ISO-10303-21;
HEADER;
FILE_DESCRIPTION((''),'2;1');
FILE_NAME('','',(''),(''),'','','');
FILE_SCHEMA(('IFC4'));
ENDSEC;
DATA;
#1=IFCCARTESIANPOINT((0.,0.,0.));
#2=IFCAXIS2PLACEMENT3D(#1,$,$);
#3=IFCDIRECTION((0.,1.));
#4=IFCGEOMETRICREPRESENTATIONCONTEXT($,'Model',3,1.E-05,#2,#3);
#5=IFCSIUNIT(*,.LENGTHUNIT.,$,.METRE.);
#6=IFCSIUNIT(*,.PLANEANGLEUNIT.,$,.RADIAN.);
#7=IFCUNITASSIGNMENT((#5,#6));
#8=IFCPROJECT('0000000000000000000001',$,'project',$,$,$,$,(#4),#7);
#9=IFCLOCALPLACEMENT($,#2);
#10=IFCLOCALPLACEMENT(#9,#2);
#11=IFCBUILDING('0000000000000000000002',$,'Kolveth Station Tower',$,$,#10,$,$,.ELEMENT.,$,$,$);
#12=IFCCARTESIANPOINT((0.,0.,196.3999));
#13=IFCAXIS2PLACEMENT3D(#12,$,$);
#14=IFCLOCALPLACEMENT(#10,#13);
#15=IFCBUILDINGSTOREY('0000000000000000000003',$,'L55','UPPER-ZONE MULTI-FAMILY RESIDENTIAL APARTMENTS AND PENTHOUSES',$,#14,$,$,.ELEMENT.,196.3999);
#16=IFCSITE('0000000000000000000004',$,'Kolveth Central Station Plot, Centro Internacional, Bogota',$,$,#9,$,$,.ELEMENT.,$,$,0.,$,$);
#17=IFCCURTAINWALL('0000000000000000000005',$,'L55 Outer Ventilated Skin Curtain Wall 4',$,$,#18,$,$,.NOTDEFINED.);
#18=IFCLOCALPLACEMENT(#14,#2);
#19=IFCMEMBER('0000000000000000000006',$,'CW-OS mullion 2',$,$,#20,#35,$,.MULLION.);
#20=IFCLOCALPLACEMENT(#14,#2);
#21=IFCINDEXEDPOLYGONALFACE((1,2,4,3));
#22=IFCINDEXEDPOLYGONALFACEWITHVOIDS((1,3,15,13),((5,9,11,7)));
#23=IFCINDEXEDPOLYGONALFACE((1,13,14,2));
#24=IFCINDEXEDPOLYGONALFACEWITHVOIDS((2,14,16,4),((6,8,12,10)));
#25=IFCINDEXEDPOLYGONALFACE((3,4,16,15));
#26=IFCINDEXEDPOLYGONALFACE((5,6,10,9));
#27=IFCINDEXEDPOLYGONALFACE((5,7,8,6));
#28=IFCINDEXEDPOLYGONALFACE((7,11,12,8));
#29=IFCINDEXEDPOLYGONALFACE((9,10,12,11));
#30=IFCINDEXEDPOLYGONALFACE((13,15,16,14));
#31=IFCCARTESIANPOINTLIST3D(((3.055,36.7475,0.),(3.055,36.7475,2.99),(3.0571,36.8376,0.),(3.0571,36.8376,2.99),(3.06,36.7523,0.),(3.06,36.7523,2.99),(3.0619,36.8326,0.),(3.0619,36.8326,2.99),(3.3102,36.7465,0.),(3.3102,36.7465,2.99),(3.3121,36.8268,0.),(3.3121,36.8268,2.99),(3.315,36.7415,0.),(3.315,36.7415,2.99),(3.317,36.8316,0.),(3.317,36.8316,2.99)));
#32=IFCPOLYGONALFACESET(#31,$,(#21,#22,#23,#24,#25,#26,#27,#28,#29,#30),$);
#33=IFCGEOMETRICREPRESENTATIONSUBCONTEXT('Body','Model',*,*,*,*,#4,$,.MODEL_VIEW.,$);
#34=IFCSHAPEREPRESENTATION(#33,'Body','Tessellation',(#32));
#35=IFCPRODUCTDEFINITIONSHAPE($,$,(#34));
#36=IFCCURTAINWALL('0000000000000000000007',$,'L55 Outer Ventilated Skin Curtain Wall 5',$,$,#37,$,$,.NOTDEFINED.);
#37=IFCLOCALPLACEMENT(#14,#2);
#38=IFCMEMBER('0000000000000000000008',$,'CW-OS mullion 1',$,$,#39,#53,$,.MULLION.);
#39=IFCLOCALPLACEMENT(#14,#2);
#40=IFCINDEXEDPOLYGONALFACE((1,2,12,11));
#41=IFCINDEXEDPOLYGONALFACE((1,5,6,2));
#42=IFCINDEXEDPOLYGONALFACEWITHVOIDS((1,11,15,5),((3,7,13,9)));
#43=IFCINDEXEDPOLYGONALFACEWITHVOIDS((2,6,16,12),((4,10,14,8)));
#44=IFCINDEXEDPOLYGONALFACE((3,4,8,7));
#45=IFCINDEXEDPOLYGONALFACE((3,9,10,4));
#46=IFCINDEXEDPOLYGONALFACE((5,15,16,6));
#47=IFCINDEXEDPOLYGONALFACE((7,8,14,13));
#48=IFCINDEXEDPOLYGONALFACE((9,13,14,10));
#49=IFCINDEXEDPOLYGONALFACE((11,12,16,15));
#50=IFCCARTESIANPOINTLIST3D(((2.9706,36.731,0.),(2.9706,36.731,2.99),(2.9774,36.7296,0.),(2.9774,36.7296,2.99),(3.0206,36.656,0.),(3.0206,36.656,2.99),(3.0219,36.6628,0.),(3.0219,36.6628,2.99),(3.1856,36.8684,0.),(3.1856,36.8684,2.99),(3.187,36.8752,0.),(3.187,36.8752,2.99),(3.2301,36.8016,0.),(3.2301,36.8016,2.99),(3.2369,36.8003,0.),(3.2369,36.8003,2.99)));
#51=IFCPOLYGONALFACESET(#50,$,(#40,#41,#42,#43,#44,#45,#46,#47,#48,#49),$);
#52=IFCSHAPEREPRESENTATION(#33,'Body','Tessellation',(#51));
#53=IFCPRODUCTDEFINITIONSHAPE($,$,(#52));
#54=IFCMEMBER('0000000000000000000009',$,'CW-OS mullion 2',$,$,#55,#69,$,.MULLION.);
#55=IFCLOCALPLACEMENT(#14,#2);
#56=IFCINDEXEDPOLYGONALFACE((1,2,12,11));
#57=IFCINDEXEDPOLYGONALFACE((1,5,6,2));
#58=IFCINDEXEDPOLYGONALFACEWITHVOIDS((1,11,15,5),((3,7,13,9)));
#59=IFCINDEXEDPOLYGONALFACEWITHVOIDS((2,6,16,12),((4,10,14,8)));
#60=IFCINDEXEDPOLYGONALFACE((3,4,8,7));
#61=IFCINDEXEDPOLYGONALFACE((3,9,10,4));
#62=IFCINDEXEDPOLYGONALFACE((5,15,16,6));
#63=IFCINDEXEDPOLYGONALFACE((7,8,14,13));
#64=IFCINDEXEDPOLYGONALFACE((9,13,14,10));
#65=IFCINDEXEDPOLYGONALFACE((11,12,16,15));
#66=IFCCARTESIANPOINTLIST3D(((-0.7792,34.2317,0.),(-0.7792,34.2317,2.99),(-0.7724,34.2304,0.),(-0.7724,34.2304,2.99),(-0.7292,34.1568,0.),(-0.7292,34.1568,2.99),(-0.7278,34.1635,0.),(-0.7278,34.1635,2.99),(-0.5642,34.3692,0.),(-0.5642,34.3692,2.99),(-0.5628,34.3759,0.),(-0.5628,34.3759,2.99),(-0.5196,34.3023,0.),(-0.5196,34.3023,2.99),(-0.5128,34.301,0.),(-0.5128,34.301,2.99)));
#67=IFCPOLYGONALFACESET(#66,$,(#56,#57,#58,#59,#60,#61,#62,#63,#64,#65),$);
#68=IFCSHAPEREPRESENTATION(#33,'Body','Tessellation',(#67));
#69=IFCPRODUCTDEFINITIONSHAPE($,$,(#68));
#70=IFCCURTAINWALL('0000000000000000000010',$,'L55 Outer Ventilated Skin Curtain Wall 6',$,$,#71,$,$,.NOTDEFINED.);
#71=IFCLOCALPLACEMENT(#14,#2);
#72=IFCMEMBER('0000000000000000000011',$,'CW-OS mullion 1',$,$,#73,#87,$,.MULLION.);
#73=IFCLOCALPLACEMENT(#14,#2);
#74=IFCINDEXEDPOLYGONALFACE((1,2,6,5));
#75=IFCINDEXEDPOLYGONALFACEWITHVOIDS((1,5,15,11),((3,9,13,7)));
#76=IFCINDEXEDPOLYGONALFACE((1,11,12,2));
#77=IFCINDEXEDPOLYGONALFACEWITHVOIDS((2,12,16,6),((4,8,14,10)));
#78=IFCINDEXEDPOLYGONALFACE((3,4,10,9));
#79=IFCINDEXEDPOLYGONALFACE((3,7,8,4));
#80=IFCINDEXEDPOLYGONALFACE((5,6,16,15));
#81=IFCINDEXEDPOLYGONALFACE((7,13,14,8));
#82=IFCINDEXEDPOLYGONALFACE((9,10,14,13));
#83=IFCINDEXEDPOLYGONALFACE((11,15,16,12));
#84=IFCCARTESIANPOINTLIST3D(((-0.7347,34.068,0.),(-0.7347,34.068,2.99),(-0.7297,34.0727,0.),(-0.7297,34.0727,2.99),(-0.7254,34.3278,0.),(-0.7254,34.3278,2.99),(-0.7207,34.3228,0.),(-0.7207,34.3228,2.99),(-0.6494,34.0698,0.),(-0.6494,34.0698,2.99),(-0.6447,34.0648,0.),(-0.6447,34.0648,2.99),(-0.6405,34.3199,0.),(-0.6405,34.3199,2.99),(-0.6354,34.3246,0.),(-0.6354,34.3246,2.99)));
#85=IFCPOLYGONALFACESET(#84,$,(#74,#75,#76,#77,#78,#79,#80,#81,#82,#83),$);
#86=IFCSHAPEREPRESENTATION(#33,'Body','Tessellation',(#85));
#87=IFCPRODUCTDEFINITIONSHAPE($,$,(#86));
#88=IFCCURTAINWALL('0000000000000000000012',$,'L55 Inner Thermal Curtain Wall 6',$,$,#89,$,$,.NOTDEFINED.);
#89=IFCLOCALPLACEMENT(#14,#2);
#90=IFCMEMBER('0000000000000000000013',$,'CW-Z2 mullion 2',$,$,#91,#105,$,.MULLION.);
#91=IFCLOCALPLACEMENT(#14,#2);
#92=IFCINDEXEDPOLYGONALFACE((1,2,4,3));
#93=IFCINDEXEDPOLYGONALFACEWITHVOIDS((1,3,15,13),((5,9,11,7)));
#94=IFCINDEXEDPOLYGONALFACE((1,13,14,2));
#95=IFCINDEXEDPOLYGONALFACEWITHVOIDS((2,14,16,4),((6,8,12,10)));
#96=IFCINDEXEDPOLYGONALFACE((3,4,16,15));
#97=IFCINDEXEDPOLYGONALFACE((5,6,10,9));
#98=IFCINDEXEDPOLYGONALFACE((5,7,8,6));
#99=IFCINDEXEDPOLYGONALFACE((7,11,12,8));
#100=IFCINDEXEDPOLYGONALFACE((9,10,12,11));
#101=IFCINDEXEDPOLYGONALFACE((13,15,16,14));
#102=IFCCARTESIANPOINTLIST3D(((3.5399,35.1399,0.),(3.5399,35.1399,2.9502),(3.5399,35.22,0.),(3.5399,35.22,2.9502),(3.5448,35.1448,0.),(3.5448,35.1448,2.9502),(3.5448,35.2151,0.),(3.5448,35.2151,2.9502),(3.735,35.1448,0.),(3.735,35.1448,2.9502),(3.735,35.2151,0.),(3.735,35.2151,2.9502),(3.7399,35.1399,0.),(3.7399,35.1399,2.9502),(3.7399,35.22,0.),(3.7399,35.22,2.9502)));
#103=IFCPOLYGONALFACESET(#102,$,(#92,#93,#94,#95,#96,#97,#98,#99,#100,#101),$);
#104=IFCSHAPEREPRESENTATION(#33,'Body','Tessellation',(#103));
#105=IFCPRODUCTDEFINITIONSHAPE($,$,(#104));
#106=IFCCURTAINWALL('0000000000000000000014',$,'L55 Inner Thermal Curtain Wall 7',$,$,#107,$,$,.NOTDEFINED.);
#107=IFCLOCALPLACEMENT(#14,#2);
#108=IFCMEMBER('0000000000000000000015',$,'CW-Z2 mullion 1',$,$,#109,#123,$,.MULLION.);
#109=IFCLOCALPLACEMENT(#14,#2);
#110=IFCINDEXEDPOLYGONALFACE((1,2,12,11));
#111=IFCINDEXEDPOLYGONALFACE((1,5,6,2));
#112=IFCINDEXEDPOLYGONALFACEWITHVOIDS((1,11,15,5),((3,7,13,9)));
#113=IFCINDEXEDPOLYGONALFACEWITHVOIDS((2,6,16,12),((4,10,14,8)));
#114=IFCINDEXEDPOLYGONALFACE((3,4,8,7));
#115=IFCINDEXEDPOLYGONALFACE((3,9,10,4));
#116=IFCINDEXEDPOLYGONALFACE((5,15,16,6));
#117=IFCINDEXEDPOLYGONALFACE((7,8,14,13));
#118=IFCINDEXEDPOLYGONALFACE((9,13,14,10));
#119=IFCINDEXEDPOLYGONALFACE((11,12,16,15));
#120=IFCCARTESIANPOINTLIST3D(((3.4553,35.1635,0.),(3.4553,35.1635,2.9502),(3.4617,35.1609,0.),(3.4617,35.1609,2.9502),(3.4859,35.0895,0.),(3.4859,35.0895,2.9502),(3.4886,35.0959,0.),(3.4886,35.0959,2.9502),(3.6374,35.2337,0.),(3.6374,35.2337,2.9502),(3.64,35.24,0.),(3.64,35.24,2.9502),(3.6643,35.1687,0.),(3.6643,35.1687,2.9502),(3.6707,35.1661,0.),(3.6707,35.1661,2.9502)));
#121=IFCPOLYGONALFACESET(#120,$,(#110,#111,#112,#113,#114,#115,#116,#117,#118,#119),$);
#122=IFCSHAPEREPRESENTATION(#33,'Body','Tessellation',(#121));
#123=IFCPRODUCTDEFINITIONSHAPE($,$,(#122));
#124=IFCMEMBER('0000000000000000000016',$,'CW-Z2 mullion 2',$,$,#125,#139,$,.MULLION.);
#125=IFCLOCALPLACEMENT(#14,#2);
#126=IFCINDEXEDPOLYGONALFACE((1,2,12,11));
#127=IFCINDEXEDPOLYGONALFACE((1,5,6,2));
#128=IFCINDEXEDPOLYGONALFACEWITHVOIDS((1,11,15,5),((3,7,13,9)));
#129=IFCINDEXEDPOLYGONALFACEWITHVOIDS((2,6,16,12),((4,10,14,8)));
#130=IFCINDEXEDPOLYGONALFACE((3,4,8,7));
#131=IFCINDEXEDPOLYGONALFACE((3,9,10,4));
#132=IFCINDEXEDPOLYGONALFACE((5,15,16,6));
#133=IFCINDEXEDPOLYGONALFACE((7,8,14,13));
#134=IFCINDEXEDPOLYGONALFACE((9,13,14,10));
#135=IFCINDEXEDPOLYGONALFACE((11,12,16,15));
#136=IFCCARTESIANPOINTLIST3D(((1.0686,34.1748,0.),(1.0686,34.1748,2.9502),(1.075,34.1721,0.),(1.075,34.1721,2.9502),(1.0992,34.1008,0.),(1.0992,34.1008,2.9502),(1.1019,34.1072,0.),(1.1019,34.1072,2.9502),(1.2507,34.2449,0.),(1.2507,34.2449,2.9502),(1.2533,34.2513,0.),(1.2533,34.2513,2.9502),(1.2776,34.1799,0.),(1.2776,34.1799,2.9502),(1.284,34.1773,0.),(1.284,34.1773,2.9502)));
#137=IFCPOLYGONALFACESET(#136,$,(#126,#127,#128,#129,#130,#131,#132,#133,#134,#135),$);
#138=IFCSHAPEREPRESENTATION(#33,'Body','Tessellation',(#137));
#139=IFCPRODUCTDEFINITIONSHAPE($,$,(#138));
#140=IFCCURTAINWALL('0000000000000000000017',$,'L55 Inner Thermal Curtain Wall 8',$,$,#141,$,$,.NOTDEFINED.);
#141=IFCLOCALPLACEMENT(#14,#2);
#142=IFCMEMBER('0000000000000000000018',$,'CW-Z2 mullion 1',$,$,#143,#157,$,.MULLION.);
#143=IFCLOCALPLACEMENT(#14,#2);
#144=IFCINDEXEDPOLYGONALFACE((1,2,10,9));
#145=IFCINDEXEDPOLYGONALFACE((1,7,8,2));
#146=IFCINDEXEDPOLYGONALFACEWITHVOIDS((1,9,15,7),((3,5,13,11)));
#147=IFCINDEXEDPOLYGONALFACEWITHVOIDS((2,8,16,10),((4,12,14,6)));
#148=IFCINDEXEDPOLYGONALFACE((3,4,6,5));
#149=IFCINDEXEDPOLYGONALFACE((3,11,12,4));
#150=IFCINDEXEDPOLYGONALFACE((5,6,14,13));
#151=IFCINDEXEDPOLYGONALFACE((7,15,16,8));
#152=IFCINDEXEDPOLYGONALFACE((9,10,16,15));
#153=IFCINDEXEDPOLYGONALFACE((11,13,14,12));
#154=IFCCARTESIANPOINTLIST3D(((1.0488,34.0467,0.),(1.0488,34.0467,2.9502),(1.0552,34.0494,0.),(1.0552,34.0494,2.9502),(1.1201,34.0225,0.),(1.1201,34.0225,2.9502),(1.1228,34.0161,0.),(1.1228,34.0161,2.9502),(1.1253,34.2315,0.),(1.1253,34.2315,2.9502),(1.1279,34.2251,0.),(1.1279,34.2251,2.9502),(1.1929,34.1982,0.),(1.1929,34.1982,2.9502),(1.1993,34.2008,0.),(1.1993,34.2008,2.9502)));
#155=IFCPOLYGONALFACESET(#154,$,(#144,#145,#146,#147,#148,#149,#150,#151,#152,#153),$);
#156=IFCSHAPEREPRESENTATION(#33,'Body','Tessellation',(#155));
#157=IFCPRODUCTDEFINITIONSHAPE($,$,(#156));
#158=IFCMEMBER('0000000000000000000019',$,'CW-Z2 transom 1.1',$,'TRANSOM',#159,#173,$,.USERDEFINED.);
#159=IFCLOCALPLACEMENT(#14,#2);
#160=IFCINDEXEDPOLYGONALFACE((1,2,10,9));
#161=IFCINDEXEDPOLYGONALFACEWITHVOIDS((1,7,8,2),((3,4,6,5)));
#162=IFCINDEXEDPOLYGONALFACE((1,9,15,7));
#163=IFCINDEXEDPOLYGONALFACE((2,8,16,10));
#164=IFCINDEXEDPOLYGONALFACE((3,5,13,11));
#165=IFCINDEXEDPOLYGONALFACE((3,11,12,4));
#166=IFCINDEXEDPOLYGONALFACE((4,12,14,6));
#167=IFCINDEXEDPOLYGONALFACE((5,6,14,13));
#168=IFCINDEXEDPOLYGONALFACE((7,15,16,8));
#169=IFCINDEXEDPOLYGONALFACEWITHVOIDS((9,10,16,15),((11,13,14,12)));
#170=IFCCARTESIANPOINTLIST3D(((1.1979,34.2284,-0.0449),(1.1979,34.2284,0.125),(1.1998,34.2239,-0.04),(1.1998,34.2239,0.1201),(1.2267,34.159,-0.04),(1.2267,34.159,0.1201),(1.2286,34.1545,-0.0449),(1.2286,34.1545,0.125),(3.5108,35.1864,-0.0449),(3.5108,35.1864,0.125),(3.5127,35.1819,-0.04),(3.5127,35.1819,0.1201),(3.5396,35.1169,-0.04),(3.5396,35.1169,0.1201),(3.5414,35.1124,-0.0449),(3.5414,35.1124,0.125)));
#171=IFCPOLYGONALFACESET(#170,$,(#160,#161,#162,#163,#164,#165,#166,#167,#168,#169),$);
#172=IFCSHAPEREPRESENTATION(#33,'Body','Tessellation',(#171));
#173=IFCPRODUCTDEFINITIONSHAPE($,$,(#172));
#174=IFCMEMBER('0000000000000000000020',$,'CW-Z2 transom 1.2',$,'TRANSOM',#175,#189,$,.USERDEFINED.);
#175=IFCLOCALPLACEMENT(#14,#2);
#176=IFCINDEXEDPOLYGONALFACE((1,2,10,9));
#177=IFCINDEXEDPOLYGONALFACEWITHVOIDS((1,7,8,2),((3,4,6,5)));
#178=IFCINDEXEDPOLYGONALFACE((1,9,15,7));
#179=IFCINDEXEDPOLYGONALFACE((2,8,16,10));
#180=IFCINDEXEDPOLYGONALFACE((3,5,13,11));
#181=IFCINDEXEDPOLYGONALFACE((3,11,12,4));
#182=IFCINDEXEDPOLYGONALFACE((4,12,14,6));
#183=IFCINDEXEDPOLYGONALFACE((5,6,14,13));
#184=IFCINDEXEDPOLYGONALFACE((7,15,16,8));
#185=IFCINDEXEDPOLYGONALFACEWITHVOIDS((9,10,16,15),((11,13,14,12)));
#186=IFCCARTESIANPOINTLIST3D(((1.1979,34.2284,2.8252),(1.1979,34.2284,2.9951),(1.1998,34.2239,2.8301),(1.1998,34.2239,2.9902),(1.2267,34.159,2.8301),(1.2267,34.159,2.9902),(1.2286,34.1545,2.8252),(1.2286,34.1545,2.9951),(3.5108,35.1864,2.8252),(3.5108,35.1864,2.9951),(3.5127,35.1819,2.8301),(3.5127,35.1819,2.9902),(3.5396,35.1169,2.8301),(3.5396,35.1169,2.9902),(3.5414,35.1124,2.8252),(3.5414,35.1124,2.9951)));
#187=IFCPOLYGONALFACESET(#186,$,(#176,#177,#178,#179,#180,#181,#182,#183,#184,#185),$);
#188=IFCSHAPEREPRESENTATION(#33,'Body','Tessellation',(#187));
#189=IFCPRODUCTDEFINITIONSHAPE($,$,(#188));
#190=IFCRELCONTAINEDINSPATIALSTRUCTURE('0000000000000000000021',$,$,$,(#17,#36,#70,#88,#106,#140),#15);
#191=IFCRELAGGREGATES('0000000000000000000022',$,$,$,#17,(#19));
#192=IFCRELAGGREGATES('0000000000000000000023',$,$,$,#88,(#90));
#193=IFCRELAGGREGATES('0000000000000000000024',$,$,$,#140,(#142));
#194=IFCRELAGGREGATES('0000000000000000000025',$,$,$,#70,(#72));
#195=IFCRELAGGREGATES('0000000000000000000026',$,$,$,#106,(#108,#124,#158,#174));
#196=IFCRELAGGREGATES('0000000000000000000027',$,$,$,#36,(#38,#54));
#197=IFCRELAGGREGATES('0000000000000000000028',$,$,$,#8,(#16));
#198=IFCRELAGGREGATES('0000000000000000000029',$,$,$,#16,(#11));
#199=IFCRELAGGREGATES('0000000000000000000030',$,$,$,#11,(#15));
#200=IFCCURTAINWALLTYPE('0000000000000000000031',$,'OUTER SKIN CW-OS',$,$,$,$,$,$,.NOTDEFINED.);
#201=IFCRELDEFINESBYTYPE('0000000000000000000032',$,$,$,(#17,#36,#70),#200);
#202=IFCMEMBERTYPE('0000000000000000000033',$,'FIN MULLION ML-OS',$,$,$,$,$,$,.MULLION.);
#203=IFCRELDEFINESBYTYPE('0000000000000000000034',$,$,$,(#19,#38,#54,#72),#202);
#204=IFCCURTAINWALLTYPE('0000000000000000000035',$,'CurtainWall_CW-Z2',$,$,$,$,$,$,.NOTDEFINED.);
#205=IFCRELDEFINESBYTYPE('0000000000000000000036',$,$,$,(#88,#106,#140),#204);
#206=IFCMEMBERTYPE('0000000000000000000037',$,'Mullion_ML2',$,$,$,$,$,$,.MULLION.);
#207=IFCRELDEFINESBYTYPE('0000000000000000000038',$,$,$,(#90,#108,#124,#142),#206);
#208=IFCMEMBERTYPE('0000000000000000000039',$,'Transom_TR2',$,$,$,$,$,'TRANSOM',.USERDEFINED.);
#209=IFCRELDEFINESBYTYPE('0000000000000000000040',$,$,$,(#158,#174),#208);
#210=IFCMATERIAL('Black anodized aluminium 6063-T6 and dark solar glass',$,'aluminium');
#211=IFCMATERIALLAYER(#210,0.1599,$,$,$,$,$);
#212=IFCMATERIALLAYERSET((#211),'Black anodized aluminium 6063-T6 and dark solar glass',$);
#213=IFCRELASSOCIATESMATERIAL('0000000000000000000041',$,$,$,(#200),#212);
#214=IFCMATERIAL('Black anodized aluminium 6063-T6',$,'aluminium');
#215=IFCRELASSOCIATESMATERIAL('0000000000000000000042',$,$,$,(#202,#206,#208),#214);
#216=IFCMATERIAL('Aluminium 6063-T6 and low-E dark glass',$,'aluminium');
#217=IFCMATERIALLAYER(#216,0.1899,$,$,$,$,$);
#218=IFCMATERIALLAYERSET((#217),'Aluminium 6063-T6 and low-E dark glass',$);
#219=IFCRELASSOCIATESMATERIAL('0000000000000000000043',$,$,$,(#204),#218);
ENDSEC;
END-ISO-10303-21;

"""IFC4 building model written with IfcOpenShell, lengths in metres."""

from ifc_helpers import new_model, si_unit, direction, frame, origin, origin_2d, place, context, subcontext, project, spatial, hollow_rectangle, extrude, source, transform, mapped, material, layer, layer_set, material_profile, profile_set, type_object, element, aggregate, save


model = new_model("IFC4")

# Units and contexts
model_context = context("Model", 3, precision=1e-05, world=origin(), true_north=direction((0.0, 1.0)))
body_context = subcontext(model_context, "Body", "Model", "MODEL_VIEW")
ifc_project = project(units=[si_unit("LENGTHUNIT", "METRE"), si_unit("PLANEANGLEUNIT", "RADIAN")], contexts=[model_context])

# Site, building, storey
site_placement = place(None, origin())
site = spatial("IfcSite", under=ifc_project, at=site_placement, Name="Kolveth Central Station Plot, Centro Internacional, Bogota", CompositionType="ELEMENT", RefElevation=0.0)
building_placement = place(site_placement, origin())
building = spatial("IfcBuilding", under=site, at=building_placement, Name="Kolveth Station Tower", CompositionType="ELEMENT")
storey_placement = place(building_placement, frame((0.0, 0.0, 196.3999)))
storey = spatial("IfcBuildingStorey", under=building, at=storey_placement, Name="L55", Description="UPPER-ZONE MULTI-FAMILY RESIDENTIAL APARTMENTS AND PENTHOUSES", CompositionType="ELEMENT", Elevation=196.3999)

# Curtain wall, member
ifc_material_1 = material(Name="Black anodized aluminium 6063-T6 and dark solar glass", Category="aluminium")
ifc_layer_1 = layer(ifc_material_1, 0.1599)
ifc_layer_set_1 = layer_set([ifc_layer_1], Name="Black anodized aluminium 6063-T6 and dark solar glass")
curtain_wall_type_1 = type_object("IfcCurtainWallType", Name="OUTER SKIN CW-OS", PredefinedType="NOTDEFINED", material=ifc_layer_set_1)
curtain_wall_1_placement = place(storey_placement, origin())
curtain_wall_1 = element("IfcCurtainWall", 1, at=curtain_wall_1_placement, inside=storey, type_object=curtain_wall_type_1, Name="L55 Outer Ventilated Skin Curtain Wall 4", PredefinedType="NOTDEFINED")
ifc_material_2 = material(Name="Black anodized aluminium 6063-T6", Category="aluminium")
ifc_material_profile_1 = material_profile(ifc_material_2, hollow_rectangle(XDim=0.0901, YDim=0.26, WallThickness=0.0049, at=origin_2d()), Name="ALU-90x260x5")
ifc_profile_set_1 = profile_set([ifc_material_profile_1], Name="Black anodized aluminium 6063-T6")
member_type_1 = type_object("IfcMemberType", Name="FIN MULLION ML-OS", PredefinedType="MULLION", material=ifc_profile_set_1)
shared_shape_1 = source(origin(), body_context, "Body", "SweptSolid", [
    extrude(hollow_rectangle(XDim=0.0901, YDim=0.26, WallThickness=0.0049, at=origin_2d()), origin(), (0.0, 0.0, 1.0), 2.99),
])
member_1_placement = place(storey_placement, frame((3.186, 36.7896, 0.0), z_axis=(0.0, 0.0, 1.0), x_axis=(-0.023106, -0.999733, 0.0)))
member_1 = element("IfcMember", 2, at=member_1_placement, type_object=member_type_1, Name="CW-OS mullion 2", PredefinedType="MULLION", context=body_context, shape_type="MappedRepresentation", body=[
    mapped(shared_shape_1, transform((0.0, 0.0, 0.0), x_axis=(1.0, 0.0, 0.0), y_axis=(0.0, 1.0, 0.0), z_axis=(0.0, 0.0, 1.0), scale=1.0)),
])
aggregate(curtain_wall_1, [member_1])

# Curtain wall, members
curtain_wall_2_placement = place(storey_placement, origin())
curtain_wall_2 = element("IfcCurtainWall", 3, at=curtain_wall_2_placement, inside=storey, type_object=curtain_wall_type_1, Name="L55 Outer Ventilated Skin Curtain Wall 5", PredefinedType="NOTDEFINED")
member_2_placement = place(storey_placement, frame((3.1038, 36.7656, 0.0), z_axis=(0.0, 0.0, 1.0), x_axis=(0.554645, -0.832087, 0.0)))
member_2 = element("IfcMember", 4, at=member_2_placement, type_object=member_type_1, Name="CW-OS mullion 1", PredefinedType="MULLION", context=body_context, shape_type="MappedRepresentation", body=[
    mapped(shared_shape_1, transform((0.0, 0.0, 0.0), x_axis=(1.0, 0.0, 0.0), y_axis=(0.0, 1.0, 0.0), z_axis=(0.0, 0.0, 1.0), scale=1.0)),
])
member_3_placement = place(storey_placement, frame((-0.646, 34.2664, 0.0), z_axis=(0.0, 0.0, 1.0), x_axis=(0.554645, -0.832087, 0.0)))
member_3 = element("IfcMember", 5, at=member_3_placement, type_object=member_type_1, Name="CW-OS mullion 2", PredefinedType="MULLION", context=body_context, shape_type="MappedRepresentation", body=[
    mapped(shared_shape_1, transform((0.0, 0.0, 0.0), x_axis=(1.0, 0.0, 0.0), y_axis=(0.0, 1.0, 0.0), z_axis=(0.0, 0.0, 1.0), scale=1.0)),
])

# Curtain walls, members
curtain_wall_3_placement = place(storey_placement, origin())
curtain_wall_3 = element("IfcCurtainWall", 6, at=curtain_wall_3_placement, inside=storey, type_object=curtain_wall_type_1, Name="L55 Outer Ventilated Skin Curtain Wall 6", PredefinedType="NOTDEFINED")
member_4_placement = place(storey_placement, frame((-0.6851, 34.1963, 0.0), z_axis=(0.0, 0.0, 1.0), x_axis=(0.999363, -0.035678, 0.0)))
member_4 = element("IfcMember", 7, at=member_4_placement, type_object=member_type_1, Name="CW-OS mullion 1", PredefinedType="MULLION", context=body_context, shape_type="MappedRepresentation", body=[
    mapped(shared_shape_1, transform((0.0, 0.0, 0.0), x_axis=(1.0, 0.0, 0.0), y_axis=(0.0, 1.0, 0.0), z_axis=(0.0, 0.0, 1.0), scale=1.0)),
])
ifc_material_3 = material(Name="Aluminium 6063-T6 and low-E dark glass", Category="aluminium")
ifc_layer_2 = layer(ifc_material_3, 0.1899)
ifc_layer_set_2 = layer_set([ifc_layer_2], Name="Aluminium 6063-T6 and low-E dark glass")
curtain_wall_type_2 = type_object("IfcCurtainWallType", Name="CurtainWall_CW-Z2", PredefinedType="NOTDEFINED", material=ifc_layer_set_2)
curtain_wall_4_placement = place(storey_placement, origin())
curtain_wall_4 = element("IfcCurtainWall", 8, at=curtain_wall_4_placement, inside=storey, type_object=curtain_wall_type_2, Name="L55 Inner Thermal Curtain Wall 6", PredefinedType="NOTDEFINED")
ifc_material_profile_2 = material_profile(ifc_material_2, hollow_rectangle(XDim=0.0801, YDim=0.2, WallThickness=0.0049, at=origin_2d()), Name="ALU-80x200x5")
ifc_profile_set_2 = profile_set([ifc_material_profile_2], Name="Black anodized aluminium 6063-T6")
member_type_2 = type_object("IfcMemberType", Name="Mullion_ML2", PredefinedType="MULLION", material=ifc_profile_set_2)
shared_shape_2 = source(origin(), body_context, "Body", "SweptSolid", [
    extrude(hollow_rectangle(XDim=0.0801, YDim=0.2, WallThickness=0.0049, at=origin_2d()), origin(), (0.0, 0.0, 1.0), 2.9502),
])
member_5_placement = place(storey_placement, frame((3.6399, 35.1799, 0.0), z_axis=(0.0, 0.0, 1.0), x_axis=(0.0, -1.0, 0.0)))
member_5 = element("IfcMember", 9, at=member_5_placement, type_object=member_type_2, Name="CW-Z2 mullion 2", PredefinedType="MULLION", context=body_context, shape_type="MappedRepresentation", body=[
    mapped(shared_shape_2, transform((0.0, 0.0, 0.0), x_axis=(1.0, 0.0, 0.0), y_axis=(0.0, 1.0, 0.0), z_axis=(0.0, 0.0, 1.0), scale=1.0)),
])
aggregate(curtain_wall_4, [member_5])

# Curtain wall, members
curtain_wall_5_placement = place(storey_placement, origin())
curtain_wall_5 = element("IfcCurtainWall", 10, at=curtain_wall_5_placement, inside=storey, type_object=curtain_wall_type_2, Name="L55 Inner Thermal Curtain Wall 7", PredefinedType="NOTDEFINED")
member_6_placement = place(storey_placement, frame((3.563, 35.1648, 0.0), z_axis=(0.0, 0.0, 1.0), x_axis=(0.382698, -0.923874, 0.0)))
member_6 = element("IfcMember", 11, at=member_6_placement, type_object=member_type_2, Name="CW-Z2 mullion 1", PredefinedType="MULLION", context=body_context, shape_type="MappedRepresentation", body=[
    mapped(shared_shape_2, transform((0.0, 0.0, 0.0), x_axis=(1.0, 0.0, 0.0), y_axis=(0.0, 1.0, 0.0), z_axis=(0.0, 0.0, 1.0), scale=1.0)),
])
member_7_placement = place(storey_placement, frame((1.1763, 34.176, 0.0), z_axis=(0.0, 0.0, 1.0), x_axis=(0.382698, -0.923874, 0.0)))
member_7 = element("IfcMember", 12, at=member_7_placement, type_object=member_type_2, Name="CW-Z2 mullion 2", PredefinedType="MULLION", context=body_context, shape_type="MappedRepresentation", body=[
    mapped(shared_shape_2, transform((0.0, 0.0, 0.0), x_axis=(1.0, 0.0, 0.0), y_axis=(0.0, 1.0, 0.0), z_axis=(0.0, 0.0, 1.0), scale=1.0)),
])

# Curtain wall, member
curtain_wall_6_placement = place(storey_placement, origin())
curtain_wall_6 = element("IfcCurtainWall", 13, at=curtain_wall_6_placement, inside=storey, type_object=curtain_wall_type_2, Name="L55 Inner Thermal Curtain Wall 8", PredefinedType="NOTDEFINED")
member_8_placement = place(storey_placement, frame((1.124, 34.1238, 0.0), z_axis=(0.0, 0.0, 1.0), x_axis=(0.923874, -0.382698, 0.0)))
member_8 = element("IfcMember", 14, at=member_8_placement, type_object=member_type_2, Name="CW-Z2 mullion 1", PredefinedType="MULLION", context=body_context, shape_type="MappedRepresentation", body=[
    mapped(shared_shape_2, transform((0.0, 0.0, 0.0), x_axis=(1.0, 0.0, 0.0), y_axis=(0.0, 1.0, 0.0), z_axis=(0.0, 0.0, 1.0), scale=1.0)),
])

# Members
ifc_material_profile_3 = material_profile(ifc_material_2, hollow_rectangle(XDim=0.0801, YDim=0.1699, WallThickness=0.0049, at=origin_2d()), Name="ALU-80x170x5")
ifc_profile_set_3 = profile_set([ifc_material_profile_3], Name="Black anodized aluminium 6063-T6")
member_type_3 = type_object("IfcMemberType", Name="Transom_TR2", ElementType="TRANSOM", PredefinedType="USERDEFINED", material=ifc_profile_set_3)
shared_shape_3 = source(origin(), body_context, "Body", "SweptSolid", [
    extrude(hollow_rectangle(XDim=0.0801, YDim=0.1699, WallThickness=0.0049, at=origin_2d()), origin(), (0.0, 0.0, 1.0), 2.5034),
])
member_9_placement = place(storey_placement, frame((3.5261, 35.1494, 0.04), z_axis=(-0.923888, -0.382662, 0.0), x_axis=(0.382662, -0.923888, 0.0)))
member_9 = element("IfcMember", 15, at=member_9_placement, type_object=member_type_3, Name="CW-Z2 transom 1.1", ObjectType="TRANSOM", PredefinedType="USERDEFINED", context=body_context, shape_type="MappedRepresentation", body=[
    mapped(shared_shape_3, transform((0.0, 0.0, 0.0), x_axis=(1.0, 0.0, 0.0), y_axis=(0.0, 1.0, 0.0), z_axis=(0.0, 0.0, 1.0), scale=1.0)),
])
member_10_placement = place(storey_placement, frame((3.5261, 35.1494, 2.9102), z_axis=(-0.923888, -0.382662, 0.0), x_axis=(0.382662, -0.923888, 0.0)))
member_10 = element("IfcMember", 16, at=member_10_placement, type_object=member_type_3, Name="CW-Z2 transom 1.2", ObjectType="TRANSOM", PredefinedType="USERDEFINED", context=body_context, shape_type="MappedRepresentation", body=[
    mapped(shared_shape_3, transform((0.0, 0.0, 0.0), x_axis=(1.0, 0.0, 0.0), y_axis=(0.0, 1.0, 0.0), z_axis=(0.0, 0.0, 1.0), scale=1.0)),
])
aggregate(curtain_wall_6, [member_8])
aggregate(curtain_wall_3, [member_4])

aggregate(curtain_wall_5, [member_6, member_7, member_9, member_10])
aggregate(curtain_wall_2, [member_2, member_3])

save(model, "model.ifc")
